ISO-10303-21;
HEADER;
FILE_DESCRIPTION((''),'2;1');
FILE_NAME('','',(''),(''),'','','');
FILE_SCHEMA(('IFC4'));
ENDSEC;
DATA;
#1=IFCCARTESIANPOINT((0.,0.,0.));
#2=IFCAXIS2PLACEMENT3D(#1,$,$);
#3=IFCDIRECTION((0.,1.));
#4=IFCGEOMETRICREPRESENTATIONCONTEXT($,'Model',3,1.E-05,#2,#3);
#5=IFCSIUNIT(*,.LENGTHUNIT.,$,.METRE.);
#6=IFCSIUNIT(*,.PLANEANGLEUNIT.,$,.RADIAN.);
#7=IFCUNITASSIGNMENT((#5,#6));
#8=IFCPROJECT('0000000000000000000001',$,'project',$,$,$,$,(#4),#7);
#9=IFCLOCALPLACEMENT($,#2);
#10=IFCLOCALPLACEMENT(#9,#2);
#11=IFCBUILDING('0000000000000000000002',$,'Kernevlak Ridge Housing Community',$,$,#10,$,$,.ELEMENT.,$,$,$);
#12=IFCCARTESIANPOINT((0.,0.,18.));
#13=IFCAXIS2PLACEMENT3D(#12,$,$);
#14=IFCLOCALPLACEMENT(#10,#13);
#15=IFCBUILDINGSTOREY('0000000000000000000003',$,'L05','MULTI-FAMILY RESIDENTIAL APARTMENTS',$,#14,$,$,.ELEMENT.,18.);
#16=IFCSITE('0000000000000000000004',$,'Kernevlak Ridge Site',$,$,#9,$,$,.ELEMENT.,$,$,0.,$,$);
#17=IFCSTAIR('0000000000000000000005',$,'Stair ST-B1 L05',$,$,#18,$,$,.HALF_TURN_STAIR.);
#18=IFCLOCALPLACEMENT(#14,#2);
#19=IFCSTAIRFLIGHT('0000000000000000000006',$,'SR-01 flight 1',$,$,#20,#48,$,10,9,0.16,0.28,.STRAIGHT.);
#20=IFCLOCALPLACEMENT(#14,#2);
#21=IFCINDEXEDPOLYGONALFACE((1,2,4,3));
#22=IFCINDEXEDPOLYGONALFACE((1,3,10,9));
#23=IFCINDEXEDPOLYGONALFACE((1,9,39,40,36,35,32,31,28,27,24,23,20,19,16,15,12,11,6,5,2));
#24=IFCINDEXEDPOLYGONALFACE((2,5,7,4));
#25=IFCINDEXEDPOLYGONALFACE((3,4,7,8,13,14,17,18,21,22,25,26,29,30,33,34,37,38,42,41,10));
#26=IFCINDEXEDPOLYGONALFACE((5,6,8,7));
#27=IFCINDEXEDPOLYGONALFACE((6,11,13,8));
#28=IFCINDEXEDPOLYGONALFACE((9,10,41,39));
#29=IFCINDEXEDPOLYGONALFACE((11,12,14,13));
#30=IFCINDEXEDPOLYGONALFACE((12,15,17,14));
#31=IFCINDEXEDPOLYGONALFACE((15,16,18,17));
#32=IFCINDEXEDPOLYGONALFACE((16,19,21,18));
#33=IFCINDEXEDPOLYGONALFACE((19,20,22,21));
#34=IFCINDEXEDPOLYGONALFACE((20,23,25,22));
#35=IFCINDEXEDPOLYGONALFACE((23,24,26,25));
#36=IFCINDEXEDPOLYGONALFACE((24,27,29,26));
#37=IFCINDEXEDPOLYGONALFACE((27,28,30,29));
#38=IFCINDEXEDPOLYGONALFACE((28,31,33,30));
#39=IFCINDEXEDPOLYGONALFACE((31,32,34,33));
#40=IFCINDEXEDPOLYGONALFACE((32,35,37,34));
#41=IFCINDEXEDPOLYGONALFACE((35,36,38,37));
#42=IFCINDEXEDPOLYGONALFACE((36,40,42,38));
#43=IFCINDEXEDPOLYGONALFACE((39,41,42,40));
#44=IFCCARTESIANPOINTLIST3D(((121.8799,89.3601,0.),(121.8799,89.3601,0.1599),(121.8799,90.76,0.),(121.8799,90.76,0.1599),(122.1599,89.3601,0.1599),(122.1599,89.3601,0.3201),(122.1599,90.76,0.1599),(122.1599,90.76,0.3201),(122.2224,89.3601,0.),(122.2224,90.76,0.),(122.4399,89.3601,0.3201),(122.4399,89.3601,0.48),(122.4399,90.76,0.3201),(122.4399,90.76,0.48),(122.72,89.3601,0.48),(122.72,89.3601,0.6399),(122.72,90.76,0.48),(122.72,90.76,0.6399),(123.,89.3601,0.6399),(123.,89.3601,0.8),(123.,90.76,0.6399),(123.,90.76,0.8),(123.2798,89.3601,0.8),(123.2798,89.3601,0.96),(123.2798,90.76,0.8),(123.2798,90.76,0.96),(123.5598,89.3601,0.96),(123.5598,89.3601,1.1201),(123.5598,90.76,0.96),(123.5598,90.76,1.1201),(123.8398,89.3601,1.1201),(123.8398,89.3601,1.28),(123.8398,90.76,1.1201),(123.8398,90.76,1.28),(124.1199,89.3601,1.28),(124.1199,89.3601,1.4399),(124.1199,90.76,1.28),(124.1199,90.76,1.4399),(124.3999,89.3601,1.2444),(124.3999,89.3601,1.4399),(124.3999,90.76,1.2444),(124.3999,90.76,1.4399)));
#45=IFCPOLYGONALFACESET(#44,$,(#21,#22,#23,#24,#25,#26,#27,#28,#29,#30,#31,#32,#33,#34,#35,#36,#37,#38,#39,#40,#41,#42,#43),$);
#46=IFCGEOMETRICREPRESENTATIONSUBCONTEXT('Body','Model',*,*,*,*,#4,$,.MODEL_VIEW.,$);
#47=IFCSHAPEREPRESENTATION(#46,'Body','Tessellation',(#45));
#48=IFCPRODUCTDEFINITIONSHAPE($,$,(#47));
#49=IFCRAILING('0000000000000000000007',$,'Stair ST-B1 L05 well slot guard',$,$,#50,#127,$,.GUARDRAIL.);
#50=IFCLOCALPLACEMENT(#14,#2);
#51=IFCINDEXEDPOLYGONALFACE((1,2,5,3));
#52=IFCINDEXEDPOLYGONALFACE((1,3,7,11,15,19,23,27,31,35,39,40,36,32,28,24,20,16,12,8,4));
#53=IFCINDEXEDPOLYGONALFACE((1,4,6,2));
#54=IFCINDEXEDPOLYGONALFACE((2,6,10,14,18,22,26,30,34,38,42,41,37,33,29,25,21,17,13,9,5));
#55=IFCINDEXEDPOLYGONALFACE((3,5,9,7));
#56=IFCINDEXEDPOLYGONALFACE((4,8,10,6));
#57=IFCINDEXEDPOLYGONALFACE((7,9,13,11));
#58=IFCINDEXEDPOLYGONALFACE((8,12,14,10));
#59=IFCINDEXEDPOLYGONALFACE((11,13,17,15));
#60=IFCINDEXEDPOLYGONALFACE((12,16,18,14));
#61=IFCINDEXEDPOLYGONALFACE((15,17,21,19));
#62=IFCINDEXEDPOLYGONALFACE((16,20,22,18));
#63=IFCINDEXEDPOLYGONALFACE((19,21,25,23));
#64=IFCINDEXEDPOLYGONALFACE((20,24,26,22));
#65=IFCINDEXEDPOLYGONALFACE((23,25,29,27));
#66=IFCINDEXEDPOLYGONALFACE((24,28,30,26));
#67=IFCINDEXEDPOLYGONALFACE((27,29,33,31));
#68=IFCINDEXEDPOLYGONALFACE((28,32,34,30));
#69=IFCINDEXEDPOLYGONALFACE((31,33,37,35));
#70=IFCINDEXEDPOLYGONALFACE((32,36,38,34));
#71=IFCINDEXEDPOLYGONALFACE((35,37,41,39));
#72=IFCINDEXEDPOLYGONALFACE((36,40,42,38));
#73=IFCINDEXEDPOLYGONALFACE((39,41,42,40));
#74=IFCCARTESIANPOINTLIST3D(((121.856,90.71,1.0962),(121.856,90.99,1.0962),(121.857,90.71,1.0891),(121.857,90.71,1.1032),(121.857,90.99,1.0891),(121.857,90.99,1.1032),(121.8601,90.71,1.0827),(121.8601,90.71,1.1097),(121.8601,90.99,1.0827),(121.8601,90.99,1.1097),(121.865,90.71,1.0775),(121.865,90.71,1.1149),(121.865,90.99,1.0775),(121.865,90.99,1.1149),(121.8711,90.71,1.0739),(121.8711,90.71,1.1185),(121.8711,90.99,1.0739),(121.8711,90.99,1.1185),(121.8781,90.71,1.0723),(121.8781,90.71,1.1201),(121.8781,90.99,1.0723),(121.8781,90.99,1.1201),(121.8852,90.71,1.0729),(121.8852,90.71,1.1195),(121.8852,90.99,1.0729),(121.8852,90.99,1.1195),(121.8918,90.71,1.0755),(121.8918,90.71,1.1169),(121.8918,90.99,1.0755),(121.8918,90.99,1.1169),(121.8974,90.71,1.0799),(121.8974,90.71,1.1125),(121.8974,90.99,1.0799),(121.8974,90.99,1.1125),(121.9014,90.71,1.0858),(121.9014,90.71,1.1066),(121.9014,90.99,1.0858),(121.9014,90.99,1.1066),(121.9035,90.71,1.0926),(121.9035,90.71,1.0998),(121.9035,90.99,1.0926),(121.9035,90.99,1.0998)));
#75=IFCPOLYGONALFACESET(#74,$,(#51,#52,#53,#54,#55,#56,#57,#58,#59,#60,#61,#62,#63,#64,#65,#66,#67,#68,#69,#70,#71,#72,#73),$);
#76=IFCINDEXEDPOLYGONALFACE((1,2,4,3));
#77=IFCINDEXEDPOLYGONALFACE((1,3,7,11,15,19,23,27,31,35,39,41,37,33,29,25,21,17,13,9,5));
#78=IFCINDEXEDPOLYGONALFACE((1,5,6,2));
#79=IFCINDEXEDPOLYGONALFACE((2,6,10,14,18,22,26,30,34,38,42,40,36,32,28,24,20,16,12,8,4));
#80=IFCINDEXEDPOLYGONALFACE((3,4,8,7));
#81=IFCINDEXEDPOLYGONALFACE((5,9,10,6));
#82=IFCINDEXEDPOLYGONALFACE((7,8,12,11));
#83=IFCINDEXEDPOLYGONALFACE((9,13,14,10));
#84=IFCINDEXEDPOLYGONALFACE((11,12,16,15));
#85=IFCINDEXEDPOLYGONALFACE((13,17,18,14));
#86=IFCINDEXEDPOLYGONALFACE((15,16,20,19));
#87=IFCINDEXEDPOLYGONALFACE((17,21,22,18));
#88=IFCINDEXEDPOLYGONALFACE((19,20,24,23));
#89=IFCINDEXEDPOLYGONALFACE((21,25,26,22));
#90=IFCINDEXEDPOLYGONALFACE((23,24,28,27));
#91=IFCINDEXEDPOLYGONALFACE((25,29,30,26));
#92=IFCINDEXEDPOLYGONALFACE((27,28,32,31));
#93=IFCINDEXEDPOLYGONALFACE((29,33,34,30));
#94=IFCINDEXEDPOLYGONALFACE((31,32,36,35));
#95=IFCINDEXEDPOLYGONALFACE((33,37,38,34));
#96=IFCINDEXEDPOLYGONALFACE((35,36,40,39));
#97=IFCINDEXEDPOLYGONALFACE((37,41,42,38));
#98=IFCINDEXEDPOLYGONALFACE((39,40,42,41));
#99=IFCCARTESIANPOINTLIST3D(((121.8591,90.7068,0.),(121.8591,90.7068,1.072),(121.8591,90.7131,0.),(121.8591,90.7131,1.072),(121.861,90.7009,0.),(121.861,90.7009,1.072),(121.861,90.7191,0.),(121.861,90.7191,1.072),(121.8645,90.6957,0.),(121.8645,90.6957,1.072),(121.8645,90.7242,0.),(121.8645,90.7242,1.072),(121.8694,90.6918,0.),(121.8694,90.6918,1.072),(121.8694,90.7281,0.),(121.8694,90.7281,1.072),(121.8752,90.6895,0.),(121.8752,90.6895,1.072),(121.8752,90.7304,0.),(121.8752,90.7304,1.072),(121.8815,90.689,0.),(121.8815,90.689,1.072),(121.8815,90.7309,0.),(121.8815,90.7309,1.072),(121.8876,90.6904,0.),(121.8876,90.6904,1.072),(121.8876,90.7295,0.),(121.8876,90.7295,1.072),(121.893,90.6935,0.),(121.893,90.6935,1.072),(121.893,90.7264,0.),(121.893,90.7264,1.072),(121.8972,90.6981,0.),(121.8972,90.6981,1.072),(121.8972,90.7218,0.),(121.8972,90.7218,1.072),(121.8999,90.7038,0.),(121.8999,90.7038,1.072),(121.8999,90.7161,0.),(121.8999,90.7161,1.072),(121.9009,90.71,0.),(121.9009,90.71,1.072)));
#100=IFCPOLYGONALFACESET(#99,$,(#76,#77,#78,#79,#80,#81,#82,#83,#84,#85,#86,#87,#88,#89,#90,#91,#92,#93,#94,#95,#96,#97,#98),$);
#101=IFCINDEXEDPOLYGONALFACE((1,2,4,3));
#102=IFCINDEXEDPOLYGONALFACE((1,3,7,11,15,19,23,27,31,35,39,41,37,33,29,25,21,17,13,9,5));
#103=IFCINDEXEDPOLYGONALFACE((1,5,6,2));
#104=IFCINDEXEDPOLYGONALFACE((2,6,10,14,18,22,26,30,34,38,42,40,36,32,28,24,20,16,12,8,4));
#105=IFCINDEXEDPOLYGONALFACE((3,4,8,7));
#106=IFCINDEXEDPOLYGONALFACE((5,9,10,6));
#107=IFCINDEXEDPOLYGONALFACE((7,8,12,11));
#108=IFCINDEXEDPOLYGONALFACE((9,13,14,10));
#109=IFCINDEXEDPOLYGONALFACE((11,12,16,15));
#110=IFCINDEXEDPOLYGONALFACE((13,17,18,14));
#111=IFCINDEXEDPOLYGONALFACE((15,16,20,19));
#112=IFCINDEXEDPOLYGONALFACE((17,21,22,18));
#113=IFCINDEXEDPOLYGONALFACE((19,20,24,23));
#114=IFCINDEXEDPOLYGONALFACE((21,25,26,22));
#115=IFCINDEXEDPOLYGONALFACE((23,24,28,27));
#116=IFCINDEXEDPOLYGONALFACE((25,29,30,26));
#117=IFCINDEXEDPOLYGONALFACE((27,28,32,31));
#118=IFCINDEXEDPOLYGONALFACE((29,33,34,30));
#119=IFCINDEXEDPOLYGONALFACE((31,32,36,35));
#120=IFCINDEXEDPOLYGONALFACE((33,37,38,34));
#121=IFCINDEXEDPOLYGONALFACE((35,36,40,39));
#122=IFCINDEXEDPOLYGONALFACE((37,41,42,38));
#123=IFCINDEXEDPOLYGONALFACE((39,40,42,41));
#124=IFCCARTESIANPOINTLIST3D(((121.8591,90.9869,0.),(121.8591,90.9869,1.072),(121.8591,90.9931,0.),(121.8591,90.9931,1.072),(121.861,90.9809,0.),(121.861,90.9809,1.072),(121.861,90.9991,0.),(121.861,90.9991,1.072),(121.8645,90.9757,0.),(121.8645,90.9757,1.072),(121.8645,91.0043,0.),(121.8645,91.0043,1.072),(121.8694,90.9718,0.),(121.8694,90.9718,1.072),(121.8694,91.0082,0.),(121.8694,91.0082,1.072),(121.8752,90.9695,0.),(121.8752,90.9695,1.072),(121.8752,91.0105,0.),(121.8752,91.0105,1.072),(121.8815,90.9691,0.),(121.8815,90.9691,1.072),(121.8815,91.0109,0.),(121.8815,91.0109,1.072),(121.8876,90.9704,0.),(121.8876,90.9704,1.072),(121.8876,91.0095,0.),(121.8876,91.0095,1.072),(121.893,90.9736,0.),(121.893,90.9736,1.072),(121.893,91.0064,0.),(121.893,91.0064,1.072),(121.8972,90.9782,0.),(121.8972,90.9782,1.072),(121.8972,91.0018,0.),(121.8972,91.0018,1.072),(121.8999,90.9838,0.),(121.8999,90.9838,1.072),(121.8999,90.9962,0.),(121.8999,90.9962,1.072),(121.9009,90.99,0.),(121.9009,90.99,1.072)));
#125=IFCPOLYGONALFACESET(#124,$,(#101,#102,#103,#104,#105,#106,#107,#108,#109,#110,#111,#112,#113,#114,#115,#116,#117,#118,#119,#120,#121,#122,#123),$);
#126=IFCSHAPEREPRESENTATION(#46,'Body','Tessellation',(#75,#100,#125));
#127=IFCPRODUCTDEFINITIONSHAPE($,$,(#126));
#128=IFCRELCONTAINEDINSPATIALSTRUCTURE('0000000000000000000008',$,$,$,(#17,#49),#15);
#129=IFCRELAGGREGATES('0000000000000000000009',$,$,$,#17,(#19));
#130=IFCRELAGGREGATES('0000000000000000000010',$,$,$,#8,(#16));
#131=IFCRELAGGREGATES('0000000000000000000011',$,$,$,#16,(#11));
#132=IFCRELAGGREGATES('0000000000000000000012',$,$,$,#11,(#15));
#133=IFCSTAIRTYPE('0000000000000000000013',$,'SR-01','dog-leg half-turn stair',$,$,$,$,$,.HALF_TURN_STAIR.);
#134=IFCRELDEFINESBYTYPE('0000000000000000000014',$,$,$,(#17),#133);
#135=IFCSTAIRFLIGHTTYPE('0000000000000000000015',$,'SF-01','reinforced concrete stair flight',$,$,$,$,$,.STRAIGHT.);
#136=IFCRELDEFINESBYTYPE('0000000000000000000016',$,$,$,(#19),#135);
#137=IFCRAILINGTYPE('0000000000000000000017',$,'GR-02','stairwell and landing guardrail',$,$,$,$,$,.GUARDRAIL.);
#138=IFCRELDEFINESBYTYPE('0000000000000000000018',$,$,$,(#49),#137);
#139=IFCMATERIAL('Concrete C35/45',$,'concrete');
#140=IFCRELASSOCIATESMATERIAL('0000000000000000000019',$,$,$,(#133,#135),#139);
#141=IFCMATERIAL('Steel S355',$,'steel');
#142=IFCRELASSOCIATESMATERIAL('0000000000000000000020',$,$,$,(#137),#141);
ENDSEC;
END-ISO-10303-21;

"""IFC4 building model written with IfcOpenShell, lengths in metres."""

from ifc_helpers import new_model, si_unit, direction, frame, origin, origin_2d, place, context, subcontext, project, spatial, polyline, circle, outline, extrude, material, type_object, element, aggregate, save


model = new_model("IFC4")

# Units and contexts
model_context = context("Model", 3, precision=1e-05, world=origin(), true_north=direction((0.0, 1.0)))
body_context = subcontext(model_context, "Body", "Model", "MODEL_VIEW")
ifc_project = project(units=[si_unit("LENGTHUNIT", "METRE"), si_unit("PLANEANGLEUNIT", "RADIAN")], contexts=[model_context])

# Site, building, storey
site_placement = place(None, origin())
site = spatial("IfcSite", under=ifc_project, at=site_placement, Name="Kernevlak Ridge Site", CompositionType="ELEMENT", RefElevation=0.0)
building_placement = place(site_placement, origin())
building = spatial("IfcBuilding", under=site, at=building_placement, Name="Kernevlak Ridge Housing Community", CompositionType="ELEMENT")
storey_placement = place(building_placement, frame((0.0, 0.0, 18.0)))
storey = spatial("IfcBuildingStorey", under=building, at=storey_placement, Name="L05", Description="MULTI-FAMILY RESIDENTIAL APARTMENTS", CompositionType="ELEMENT", Elevation=18.0)

# Shared definitions
ifc_material_1 = material(Name="Concrete C35/45", Category="concrete")

# Stair, stair flight
stair_type = type_object("IfcStairType", Name="SR-01", Description="dog-leg half-turn stair", PredefinedType="HALF_TURN_STAIR", material=ifc_material_1)
stair_placement = place(storey_placement, origin())
stair = element("IfcStair", 1, at=stair_placement, inside=storey, type_object=stair_type, Name="Stair ST-B1 L05", PredefinedType="HALF_TURN_STAIR")
stair_flight_type = type_object("IfcStairFlightType", Name="SF-01", Description="reinforced concrete stair flight", PredefinedType="STRAIGHT", material=ifc_material_1)
stair_flight_placement = place(storey_placement, frame((121.8799, 90.0601, 0.0), z_axis=(0.0, 0.0, 1.0), x_axis=(1.0, 0.0, 0.0)))
stair_flight = element("IfcStairFlight", 2, at=stair_flight_placement, type_object=stair_flight_type, Name="SR-01 flight 1", NumberOfRisers=10, NumberOfTreads=9, PredefinedType="STRAIGHT", RiserHeight=0.16, TreadLength=0.28, context=body_context, shape_type="SweptSolid", body=[
    extrude(outline(polyline([(0.0, 0.0), (0.0, 0.1599), (0.28, 0.1599), (0.28, 0.3201), (0.5601, 0.3201), (0.5601, 0.48), (0.8401, 0.48), (0.8401, 0.6399), (1.1201, 0.6399), (1.1201, 0.8), (1.3999, 0.8), (1.3999, 0.96), (1.6799, 0.96), (1.6799, 1.1201), (1.96, 1.1201), (1.96, 1.28), (2.24, 1.28), (2.24, 1.4399), (2.52, 1.4399), (2.52, 1.6001), (2.52, 1.2444), (0.3425, 0.0), (0.0, 0.0)])), frame((0.0, 0.7, 0.0), z_axis=(0.0, -1.0, 0.0), x_axis=(1.0, 0.0, 0.0)), (0.0, 0.0, 1.0), 1.3999),
])
aggregate(stair, [stair_flight])

# Railing
ifc_material_2 = material(Name="Steel S355", Category="steel")
railing_type_1 = type_object("IfcRailingType", Name="GR-02", Description="stairwell and landing guardrail", PredefinedType="GUARDRAIL", material=ifc_material_2)
railing_1_placement = place(storey_placement, frame((121.8799, 90.71, 0.0)))
element("IfcRailing", 3, at=railing_1_placement, inside=storey, type_object=railing_type_1, Name="Stair ST-B1 L05 well slot guard", PredefinedType="GUARDRAIL", context=body_context, shape_type="SweptSolid", body=[
    extrude(circle(Radius=0.0239, at=origin_2d()), frame((0.0, 0.0, 1.0962), z_axis=(0.0, 1.0, 0.0), x_axis=(-1.0, 0.0, 0.0)), (0.0, 0.0, 1.0), 0.28),
    extrude(circle(Radius=0.021, at=origin_2d()), origin(), (0.0, 0.0, 1.0), 1.072),
    extrude(circle(Radius=0.021, at=origin_2d()), frame((0.0, 0.28, 0.0)), (0.0, 0.0, 1.0), 1.072),
])

save(model, "model.ifc")
